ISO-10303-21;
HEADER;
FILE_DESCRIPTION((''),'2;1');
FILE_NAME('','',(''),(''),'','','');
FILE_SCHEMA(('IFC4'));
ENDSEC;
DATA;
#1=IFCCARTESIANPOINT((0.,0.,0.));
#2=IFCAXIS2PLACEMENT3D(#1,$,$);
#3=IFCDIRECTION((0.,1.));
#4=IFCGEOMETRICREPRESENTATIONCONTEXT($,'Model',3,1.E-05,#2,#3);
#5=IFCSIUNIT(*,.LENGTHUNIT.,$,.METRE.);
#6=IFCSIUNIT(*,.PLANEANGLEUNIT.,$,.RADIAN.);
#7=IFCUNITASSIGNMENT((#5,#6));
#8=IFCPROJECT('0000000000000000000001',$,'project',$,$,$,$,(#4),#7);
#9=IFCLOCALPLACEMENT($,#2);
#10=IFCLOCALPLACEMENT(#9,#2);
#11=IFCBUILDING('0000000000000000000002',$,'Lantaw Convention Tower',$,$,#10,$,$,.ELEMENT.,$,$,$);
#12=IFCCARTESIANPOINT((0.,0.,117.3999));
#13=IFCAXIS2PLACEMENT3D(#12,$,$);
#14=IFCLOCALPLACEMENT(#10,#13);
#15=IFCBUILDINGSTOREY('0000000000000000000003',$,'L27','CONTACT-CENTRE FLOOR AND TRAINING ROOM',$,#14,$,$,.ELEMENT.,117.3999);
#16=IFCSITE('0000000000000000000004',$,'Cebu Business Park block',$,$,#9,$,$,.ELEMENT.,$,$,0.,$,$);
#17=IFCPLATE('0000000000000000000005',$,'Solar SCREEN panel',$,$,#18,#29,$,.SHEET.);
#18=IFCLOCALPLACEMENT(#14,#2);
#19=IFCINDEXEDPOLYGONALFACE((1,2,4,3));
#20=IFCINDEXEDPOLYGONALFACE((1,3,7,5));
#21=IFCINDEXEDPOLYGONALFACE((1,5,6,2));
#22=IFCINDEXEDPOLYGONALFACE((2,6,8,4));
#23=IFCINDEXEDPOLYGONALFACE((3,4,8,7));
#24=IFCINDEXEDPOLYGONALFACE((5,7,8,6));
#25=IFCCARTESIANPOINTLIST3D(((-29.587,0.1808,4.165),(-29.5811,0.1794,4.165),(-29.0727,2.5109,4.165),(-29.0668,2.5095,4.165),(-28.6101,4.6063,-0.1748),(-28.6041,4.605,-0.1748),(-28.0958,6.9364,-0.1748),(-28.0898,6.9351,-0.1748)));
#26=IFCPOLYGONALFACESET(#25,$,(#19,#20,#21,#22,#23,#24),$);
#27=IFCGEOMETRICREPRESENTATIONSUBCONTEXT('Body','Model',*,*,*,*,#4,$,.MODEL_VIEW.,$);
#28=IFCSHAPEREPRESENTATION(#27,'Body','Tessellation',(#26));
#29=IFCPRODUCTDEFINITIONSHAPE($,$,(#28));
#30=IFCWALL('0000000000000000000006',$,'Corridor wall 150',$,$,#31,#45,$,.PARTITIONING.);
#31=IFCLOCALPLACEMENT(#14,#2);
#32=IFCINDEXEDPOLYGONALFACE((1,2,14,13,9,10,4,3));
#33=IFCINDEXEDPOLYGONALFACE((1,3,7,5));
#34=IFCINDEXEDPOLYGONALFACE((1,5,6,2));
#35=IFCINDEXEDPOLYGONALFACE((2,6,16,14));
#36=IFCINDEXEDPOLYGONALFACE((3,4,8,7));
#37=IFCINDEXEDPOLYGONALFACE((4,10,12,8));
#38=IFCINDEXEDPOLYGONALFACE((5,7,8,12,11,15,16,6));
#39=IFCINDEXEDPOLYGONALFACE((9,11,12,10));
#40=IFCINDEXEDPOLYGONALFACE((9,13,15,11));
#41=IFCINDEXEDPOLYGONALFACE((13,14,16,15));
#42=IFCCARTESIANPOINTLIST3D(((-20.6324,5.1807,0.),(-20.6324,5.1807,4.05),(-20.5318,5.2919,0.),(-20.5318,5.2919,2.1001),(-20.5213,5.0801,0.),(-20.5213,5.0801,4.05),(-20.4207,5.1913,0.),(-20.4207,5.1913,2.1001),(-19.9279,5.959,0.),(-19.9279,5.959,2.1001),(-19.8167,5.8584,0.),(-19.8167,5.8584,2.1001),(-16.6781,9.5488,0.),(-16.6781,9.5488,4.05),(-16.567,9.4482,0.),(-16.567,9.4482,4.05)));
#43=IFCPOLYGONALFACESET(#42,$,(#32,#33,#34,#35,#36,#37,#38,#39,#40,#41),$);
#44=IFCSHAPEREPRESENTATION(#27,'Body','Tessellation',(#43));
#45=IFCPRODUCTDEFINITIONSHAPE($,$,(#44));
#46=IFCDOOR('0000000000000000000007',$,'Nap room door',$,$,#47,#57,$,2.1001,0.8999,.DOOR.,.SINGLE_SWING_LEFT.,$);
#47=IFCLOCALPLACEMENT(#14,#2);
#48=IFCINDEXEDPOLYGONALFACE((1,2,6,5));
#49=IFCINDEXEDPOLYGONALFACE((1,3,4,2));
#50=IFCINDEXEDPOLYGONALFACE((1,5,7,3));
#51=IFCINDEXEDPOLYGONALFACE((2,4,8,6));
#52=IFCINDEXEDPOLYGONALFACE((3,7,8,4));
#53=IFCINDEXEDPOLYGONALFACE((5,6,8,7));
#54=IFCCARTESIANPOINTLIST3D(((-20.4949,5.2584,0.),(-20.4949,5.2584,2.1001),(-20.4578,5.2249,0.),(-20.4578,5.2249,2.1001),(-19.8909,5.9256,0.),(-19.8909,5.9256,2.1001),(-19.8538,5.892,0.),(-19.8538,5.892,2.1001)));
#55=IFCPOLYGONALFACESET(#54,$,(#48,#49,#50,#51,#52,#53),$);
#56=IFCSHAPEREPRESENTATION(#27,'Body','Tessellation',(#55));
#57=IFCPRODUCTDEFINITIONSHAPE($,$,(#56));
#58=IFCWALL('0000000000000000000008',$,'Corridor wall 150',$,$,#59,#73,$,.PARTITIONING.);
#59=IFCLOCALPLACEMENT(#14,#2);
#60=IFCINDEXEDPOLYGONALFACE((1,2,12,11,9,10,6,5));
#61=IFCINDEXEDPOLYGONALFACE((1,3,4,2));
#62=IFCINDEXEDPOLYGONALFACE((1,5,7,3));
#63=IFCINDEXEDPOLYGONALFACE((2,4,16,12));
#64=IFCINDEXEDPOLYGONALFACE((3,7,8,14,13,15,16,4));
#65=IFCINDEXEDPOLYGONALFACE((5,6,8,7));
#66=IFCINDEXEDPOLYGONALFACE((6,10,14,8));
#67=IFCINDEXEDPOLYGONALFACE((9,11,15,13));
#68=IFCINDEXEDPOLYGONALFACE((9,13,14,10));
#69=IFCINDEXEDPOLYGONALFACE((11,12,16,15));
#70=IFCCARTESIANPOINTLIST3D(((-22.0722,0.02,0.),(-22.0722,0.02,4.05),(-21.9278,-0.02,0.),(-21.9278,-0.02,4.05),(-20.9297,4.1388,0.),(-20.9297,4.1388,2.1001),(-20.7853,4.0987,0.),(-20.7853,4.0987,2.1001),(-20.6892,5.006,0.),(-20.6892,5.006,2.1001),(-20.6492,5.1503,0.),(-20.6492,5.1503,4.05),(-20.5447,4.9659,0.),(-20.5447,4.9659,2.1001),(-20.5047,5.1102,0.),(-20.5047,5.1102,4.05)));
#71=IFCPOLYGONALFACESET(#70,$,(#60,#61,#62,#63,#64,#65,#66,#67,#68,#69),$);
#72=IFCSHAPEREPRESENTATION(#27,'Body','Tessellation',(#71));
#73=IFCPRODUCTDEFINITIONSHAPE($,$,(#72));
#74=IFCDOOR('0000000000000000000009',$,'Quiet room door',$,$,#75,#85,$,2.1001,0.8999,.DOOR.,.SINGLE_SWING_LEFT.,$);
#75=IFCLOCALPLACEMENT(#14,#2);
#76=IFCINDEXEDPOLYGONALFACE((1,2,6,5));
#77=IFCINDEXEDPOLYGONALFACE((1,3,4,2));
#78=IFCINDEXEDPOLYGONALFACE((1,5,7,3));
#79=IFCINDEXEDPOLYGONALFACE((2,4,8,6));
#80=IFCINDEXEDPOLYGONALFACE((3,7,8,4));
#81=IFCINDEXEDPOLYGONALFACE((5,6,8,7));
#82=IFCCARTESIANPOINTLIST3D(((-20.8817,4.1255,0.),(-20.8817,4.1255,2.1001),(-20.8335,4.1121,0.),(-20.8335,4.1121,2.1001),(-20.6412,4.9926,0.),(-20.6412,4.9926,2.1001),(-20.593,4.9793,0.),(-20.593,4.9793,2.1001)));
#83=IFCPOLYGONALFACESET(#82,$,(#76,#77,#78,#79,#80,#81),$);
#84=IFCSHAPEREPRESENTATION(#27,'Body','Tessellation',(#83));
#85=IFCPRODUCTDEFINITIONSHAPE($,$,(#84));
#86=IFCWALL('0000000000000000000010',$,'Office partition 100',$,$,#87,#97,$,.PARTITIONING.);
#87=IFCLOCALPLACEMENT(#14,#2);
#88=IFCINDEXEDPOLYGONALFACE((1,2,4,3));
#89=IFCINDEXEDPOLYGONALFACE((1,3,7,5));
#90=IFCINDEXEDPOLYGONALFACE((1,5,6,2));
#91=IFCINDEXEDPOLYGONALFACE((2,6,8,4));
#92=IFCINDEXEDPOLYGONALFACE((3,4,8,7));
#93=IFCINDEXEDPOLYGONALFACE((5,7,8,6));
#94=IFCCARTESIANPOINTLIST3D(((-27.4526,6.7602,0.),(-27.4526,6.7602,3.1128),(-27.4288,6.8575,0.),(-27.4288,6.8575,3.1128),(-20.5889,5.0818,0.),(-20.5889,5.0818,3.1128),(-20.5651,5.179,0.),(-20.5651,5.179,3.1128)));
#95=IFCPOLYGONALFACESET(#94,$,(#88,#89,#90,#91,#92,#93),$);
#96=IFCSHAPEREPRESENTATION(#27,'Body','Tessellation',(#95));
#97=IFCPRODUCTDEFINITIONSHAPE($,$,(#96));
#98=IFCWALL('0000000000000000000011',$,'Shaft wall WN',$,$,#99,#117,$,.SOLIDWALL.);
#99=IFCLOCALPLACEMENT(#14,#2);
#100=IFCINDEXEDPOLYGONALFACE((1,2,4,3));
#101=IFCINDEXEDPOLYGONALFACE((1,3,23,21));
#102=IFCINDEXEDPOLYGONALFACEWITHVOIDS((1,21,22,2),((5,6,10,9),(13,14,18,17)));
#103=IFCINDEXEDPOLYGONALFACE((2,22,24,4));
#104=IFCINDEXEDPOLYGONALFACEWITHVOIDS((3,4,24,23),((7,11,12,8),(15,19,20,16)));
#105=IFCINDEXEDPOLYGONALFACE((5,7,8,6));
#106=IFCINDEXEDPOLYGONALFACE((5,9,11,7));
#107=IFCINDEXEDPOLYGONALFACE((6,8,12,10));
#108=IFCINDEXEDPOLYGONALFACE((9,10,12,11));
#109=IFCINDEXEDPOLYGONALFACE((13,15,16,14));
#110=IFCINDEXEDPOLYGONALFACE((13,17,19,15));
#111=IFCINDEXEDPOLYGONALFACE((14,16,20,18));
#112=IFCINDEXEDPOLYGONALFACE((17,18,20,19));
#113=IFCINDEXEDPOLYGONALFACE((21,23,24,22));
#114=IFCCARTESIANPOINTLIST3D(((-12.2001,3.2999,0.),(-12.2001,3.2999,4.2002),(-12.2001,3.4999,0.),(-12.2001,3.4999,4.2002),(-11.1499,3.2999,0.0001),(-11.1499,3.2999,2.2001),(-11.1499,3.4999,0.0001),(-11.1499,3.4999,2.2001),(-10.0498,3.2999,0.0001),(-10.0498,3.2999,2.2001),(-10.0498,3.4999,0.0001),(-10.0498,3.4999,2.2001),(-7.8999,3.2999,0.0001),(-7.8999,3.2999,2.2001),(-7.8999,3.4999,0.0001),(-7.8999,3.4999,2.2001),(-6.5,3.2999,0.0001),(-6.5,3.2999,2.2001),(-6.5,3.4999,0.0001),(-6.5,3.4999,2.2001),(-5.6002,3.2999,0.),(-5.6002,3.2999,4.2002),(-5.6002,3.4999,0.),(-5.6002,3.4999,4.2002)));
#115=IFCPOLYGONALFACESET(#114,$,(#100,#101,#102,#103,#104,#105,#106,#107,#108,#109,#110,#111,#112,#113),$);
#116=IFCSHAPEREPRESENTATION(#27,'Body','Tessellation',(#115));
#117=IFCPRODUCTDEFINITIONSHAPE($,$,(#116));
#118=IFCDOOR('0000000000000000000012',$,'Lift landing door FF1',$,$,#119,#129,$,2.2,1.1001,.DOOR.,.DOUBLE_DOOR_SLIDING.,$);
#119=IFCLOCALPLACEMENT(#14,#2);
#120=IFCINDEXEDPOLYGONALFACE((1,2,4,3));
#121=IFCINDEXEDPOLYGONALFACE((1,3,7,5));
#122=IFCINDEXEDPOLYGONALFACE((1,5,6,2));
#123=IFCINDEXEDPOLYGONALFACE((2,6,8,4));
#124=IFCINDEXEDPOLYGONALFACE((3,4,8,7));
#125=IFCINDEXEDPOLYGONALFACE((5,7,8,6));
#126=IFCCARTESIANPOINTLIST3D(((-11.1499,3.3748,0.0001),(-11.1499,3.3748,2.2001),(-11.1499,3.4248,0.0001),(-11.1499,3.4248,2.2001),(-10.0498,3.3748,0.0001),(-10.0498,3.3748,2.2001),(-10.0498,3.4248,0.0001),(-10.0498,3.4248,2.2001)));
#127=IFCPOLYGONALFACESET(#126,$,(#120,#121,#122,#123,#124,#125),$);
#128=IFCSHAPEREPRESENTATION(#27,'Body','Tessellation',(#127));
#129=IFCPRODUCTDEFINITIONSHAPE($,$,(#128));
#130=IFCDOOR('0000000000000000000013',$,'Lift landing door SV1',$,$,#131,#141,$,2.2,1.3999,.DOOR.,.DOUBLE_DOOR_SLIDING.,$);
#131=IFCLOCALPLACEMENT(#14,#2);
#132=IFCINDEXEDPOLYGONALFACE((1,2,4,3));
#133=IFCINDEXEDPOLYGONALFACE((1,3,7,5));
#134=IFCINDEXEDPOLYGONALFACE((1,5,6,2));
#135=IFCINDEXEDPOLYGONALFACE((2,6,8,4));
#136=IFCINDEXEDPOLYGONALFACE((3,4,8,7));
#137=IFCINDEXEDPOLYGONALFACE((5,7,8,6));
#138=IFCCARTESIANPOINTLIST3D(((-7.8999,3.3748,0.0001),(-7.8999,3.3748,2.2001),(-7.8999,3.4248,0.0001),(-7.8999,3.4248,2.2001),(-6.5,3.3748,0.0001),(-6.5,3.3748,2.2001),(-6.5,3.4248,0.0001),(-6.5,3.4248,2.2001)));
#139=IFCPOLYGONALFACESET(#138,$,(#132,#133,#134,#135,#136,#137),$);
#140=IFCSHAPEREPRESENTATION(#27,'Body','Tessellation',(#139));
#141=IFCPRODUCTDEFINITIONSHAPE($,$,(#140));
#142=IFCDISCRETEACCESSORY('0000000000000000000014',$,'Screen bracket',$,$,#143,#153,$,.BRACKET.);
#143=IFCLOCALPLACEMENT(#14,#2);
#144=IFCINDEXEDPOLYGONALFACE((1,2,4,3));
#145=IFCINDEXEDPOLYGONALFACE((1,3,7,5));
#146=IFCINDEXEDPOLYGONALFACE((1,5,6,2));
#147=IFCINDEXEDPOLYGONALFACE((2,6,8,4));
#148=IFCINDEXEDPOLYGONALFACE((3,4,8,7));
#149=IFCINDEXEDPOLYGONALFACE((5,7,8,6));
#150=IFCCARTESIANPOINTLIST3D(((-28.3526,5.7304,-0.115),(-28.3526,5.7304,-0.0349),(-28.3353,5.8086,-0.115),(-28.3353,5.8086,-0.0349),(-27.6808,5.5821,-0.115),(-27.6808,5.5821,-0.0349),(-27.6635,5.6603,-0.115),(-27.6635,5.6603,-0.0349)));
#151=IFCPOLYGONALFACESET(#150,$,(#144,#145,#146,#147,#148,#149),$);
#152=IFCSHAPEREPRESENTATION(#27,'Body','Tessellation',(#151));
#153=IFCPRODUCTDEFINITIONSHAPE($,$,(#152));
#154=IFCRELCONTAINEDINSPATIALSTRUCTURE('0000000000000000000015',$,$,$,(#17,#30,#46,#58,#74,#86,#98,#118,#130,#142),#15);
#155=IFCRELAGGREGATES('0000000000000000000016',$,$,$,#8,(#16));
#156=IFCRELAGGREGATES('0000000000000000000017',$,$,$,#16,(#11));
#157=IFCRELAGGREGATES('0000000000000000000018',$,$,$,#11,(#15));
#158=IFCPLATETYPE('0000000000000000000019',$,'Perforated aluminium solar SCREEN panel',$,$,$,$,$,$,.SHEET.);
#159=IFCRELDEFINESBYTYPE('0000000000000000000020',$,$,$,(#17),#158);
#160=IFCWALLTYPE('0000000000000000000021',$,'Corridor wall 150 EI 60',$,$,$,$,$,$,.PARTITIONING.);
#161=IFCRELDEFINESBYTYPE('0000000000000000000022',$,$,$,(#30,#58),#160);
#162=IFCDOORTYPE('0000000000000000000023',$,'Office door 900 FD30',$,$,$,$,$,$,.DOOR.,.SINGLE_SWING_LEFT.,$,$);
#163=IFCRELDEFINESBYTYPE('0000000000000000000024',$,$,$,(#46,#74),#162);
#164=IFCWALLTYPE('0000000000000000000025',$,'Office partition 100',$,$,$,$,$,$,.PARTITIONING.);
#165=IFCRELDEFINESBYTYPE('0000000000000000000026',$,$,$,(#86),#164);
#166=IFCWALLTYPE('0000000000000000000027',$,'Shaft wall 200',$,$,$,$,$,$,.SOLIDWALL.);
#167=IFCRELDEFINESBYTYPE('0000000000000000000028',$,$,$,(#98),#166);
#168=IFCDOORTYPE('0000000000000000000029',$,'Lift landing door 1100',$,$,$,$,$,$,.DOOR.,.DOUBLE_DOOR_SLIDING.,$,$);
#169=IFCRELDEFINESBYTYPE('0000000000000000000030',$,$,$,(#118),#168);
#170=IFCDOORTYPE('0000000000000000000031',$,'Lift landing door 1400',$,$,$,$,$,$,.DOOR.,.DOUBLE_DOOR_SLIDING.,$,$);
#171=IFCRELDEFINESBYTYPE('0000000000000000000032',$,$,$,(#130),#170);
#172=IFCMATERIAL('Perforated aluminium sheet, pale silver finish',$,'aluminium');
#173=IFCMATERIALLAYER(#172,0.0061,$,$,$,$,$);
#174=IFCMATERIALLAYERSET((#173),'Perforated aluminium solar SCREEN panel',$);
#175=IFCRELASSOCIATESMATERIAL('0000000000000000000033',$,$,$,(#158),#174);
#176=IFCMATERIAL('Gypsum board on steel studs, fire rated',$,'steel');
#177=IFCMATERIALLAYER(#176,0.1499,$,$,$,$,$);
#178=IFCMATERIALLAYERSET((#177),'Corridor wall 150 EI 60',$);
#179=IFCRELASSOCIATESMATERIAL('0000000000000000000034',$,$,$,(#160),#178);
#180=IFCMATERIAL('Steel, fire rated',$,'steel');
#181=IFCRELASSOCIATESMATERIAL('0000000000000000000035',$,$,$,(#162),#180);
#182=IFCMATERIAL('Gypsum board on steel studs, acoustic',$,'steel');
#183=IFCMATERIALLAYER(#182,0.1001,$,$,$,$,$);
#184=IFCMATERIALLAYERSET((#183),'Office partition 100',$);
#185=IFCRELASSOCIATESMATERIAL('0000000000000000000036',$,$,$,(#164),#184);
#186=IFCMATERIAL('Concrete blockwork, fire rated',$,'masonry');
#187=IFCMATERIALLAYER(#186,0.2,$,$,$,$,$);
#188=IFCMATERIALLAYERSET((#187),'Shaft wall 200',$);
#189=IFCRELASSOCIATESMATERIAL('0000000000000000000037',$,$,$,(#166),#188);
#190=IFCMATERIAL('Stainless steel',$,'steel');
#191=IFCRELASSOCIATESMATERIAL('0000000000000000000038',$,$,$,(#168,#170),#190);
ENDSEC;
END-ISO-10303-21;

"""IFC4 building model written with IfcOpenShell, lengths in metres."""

from ifc_helpers import new_model, si_unit, direction, frame, frame_2d, origin, origin_2d, place, context, subcontext, project, spatial, polyline, rectangle, outline, extrude, material, layer, layer_set, type_object, element, fill, save


model = new_model("IFC4")

# Units and contexts
model_context = context("Model", 3, precision=1e-05, world=origin(), true_north=direction((0.0, 1.0)))
body_context = subcontext(model_context, "Body", "Model", "MODEL_VIEW")
ifc_project = project(units=[si_unit("LENGTHUNIT", "METRE"), si_unit("PLANEANGLEUNIT", "RADIAN")], contexts=[model_context])

# Site, building, storey
site_placement = place(None, origin())
site = spatial("IfcSite", under=ifc_project, at=site_placement, Name="Cebu Business Park block", CompositionType="ELEMENT", RefElevation=0.0)
building_placement = place(site_placement, origin())
building = spatial("IfcBuilding", under=site, at=building_placement, Name="Lantaw Convention Tower", CompositionType="ELEMENT")
storey_placement = place(building_placement, frame((0.0, 0.0, 117.3999)))
storey = spatial("IfcBuildingStorey", under=building, at=storey_placement, Name="L27", Description="CONTACT-CENTRE FLOOR AND TRAINING ROOM", CompositionType="ELEMENT", Elevation=117.3999)

# Plate
ifc_material_1 = material(Name="Perforated aluminium sheet, pale silver finish", Category="aluminium")
ifc_layer_1 = layer(ifc_material_1, 0.0061)
ifc_layer_set_1 = layer_set([ifc_layer_1], Name="Perforated aluminium solar SCREEN panel")
plate_type_1 = type_object("IfcPlateType", Name="Perforated aluminium solar SCREEN panel", PredefinedType="SHEET", material=ifc_layer_set_1)
plate_1_placement = place(storey_placement, frame((-28.0898, 6.9351, -0.1748), z_axis=(0.976498, -0.215527, 0.000033), x_axis=(-0.215527, -0.976498, 0.0)))
element("IfcPlate", 1, at=plate_1_placement, inside=storey, type_object=plate_type_1, Name="Solar SCREEN panel", PredefinedType="SHEET", context=body_context, shape_type="SweptSolid", body=[
    extrude(outline(polyline([(0.0, 0.0), (2.3861, 0.0), (6.9182, -4.3398), (4.5321, -4.3398), (0.0, 0.0)])), origin(), (0.0, 0.0, -1.0), 0.0061),
])

# Walls, openings, doors
ifc_material_2 = material(Name="Gypsum board on steel studs, fire rated", Category="steel")
ifc_layer_2 = layer(ifc_material_2, 0.1499)
ifc_layer_set_2 = layer_set([ifc_layer_2], Name="Corridor wall 150 EI 60")
wall_type_1 = type_object("IfcWallType", Name="Corridor wall 150 EI 60", PredefinedType="PARTITIONING", material=ifc_layer_set_2)
wall_1_placement = place(storey_placement, frame((-16.6226, 9.4985, 0.0), z_axis=(0.0, 0.0, 1.0), x_axis=(-0.671118, -0.74135, 0.0)))
wall_1 = element("IfcWall", 2, at=wall_1_placement, inside=storey, type_object=wall_type_1, Name="Corridor wall 150", PredefinedType="PARTITIONING", context=body_context, shape_type="SweptSolid", body=[
    extrude(rectangle(XDim=5.8921, YDim=0.1499, at=frame_2d((2.946, 0.0))), origin(), (0.0, 0.0, 1.0), 4.05),
])
opening_1_placement = place(wall_1_placement, frame((4.8423, 0.0, 0.0)))
opening_1 = element("IfcOpeningElement", 3, at=opening_1_placement, cuts=wall_1, PredefinedType="OPENING", context=body_context, shape_type="SweptSolid", body=[
    extrude(rectangle(XDim=0.8999, YDim=2.1001, at=frame_2d((0.45, 1.05))), frame((0.0, 0.085, 0.0), z_axis=(0.0, -1.0, 0.0), x_axis=(1.0, 0.0, 0.0)), (0.0, 0.0, 1.0), 0.1699),
])
ifc_material_3 = material(Name="Steel, fire rated", Category="steel")
door_type_1 = type_object("IfcDoorType", Name="Office door 900 FD30", OperationType="SINGLE_SWING_LEFT", PredefinedType="DOOR", material=ifc_material_3)
door_1_placement = place(opening_1_placement, origin())
door_1 = element("IfcDoor", 4, at=door_1_placement, inside=storey, type_object=door_type_1, Name="Nap room door", OperationType="SINGLE_SWING_LEFT", OverallHeight=2.1001, OverallWidth=0.8999, PredefinedType="DOOR", context=body_context, shape_type="SweptSolid", body=[
    extrude(rectangle(XDim=0.8999, YDim=2.1001, at=frame_2d((0.45, 1.05))), frame((0.0, 0.0249, 0.0), z_axis=(0.0, -1.0, 0.0), x_axis=(1.0, 0.0, 0.0)), (0.0, 0.0, 1.0), 0.05),
])
fill(opening_1, door_1)
wall_2_placement = place(storey_placement, frame((-20.5769, 5.1304, 0.0), z_axis=(0.0, 0.0, 1.0), x_axis=(-0.267294, -0.963615, 0.0)))
wall_2 = element("IfcWall", 5, at=wall_2_placement, inside=storey, type_object=wall_type_1, Name="Corridor wall 150", PredefinedType="PARTITIONING", context=body_context, shape_type="SweptSolid", body=[
    extrude(rectangle(XDim=5.324, YDim=0.1499, at=frame_2d((2.6621, 0.0))), origin(), (0.0, 0.0, 1.0), 4.05),
])
opening_2_placement = place(wall_2_placement, frame((0.1499, 0.0, 0.0)))
opening_2 = element("IfcOpeningElement", 6, at=opening_2_placement, cuts=wall_2, PredefinedType="OPENING", context=body_context, shape_type="SweptSolid", body=[
    extrude(rectangle(XDim=0.8999, YDim=2.1001, at=frame_2d((0.45, 1.05))), frame((0.0, 0.085, 0.0), z_axis=(0.0, -1.0, 0.0), x_axis=(1.0, 0.0, 0.0)), (0.0, 0.0, 1.0), 0.1699),
])
door_2_placement = place(opening_2_placement, origin())
door_2 = element("IfcDoor", 7, at=door_2_placement, inside=storey, type_object=door_type_1, Name="Quiet room door", OperationType="SINGLE_SWING_LEFT", OverallHeight=2.1001, OverallWidth=0.8999, PredefinedType="DOOR", context=body_context, shape_type="SweptSolid", body=[
    extrude(rectangle(XDim=0.8999, YDim=2.1001, at=frame_2d((0.45, 1.05))), frame((0.0, 0.0249, 0.0), z_axis=(0.0, -1.0, 0.0), x_axis=(1.0, 0.0, 0.0)), (0.0, 0.0, 1.0), 0.05),
])
fill(opening_2, door_2)

# Wall
ifc_material_4 = material(Name="Gypsum board on steel studs, acoustic", Category="steel")
ifc_layer_3 = layer(ifc_material_4, 0.1001)
ifc_layer_set_3 = layer_set([ifc_layer_3], Name="Office partition 100")
wall_type_2 = type_object("IfcWallType", Name="Office partition 100", PredefinedType="PARTITIONING", material=ifc_layer_set_3)
wall_3_placement = place(storey_placement, frame((-27.4407, 6.8088, 0.0), z_axis=(0.0, 0.0, 1.0), x_axis=(0.971378, -0.237541, 0.0)))
element("IfcWall", 8, at=wall_3_placement, inside=storey, type_object=wall_type_2, Name="Office partition 100", PredefinedType="PARTITIONING", context=body_context, shape_type="SweptSolid", body=[
    extrude(rectangle(XDim=7.0659, YDim=0.1001, at=frame_2d((3.533, 0.0))), origin(), (0.0, 0.0, 1.0), 3.1128),
])

# Wall, openings, doors
ifc_material_5 = material(Name="Concrete blockwork, fire rated", Category="masonry")
ifc_layer_4 = layer(ifc_material_5, 0.2)
ifc_layer_set_4 = layer_set([ifc_layer_4], Name="Shaft wall 200")
wall_type_3 = type_object("IfcWallType", Name="Shaft wall 200", PredefinedType="SOLIDWALL", material=ifc_layer_set_4)
wall_4_placement = place(storey_placement, frame((-12.2, 3.3999, 0.0), z_axis=(0.0, 0.0, 1.0), x_axis=(1.0, 0.0, 0.0)))
wall_4 = element("IfcWall", 9, at=wall_4_placement, inside=storey, type_object=wall_type_3, Name="Shaft wall WN", PredefinedType="SOLIDWALL", context=body_context, shape_type="SweptSolid", body=[
    extrude(rectangle(XDim=6.5999, YDim=0.2, at=frame_2d((3.2998, 0.0))), origin(), (0.0, 0.0, 1.0), 4.2002),
])
opening_3_placement = place(wall_4_placement, frame((1.05, 0.0, 0.0)))
opening_3 = element("IfcOpeningElement", 10, at=opening_3_placement, cuts=wall_4, PredefinedType="OPENING", context=body_context, shape_type="SweptSolid", body=[
    extrude(rectangle(XDim=1.1001, YDim=2.2, at=frame_2d((0.55, 1.1001))), frame((0.0, 0.1099, 0.0), z_axis=(0.0, -1.0, 0.0), x_axis=(1.0, 0.0, 0.0)), (0.0, 0.0, 1.0), 0.22),
])
opening_4_placement = place(wall_4_placement, frame((4.3, 0.0, 0.0)))
opening_4 = element("IfcOpeningElement", 11, at=opening_4_placement, cuts=wall_4, PredefinedType="OPENING", context=body_context, shape_type="SweptSolid", body=[
    extrude(rectangle(XDim=1.3999, YDim=2.2, at=frame_2d((0.7, 1.1001))), frame((0.0, 0.1099, 0.0), z_axis=(0.0, -1.0, 0.0), x_axis=(1.0, 0.0, 0.0)), (0.0, 0.0, 1.0), 0.22),
])
ifc_material_6 = material(Name="Stainless steel", Category="steel")
door_type_2 = type_object("IfcDoorType", Name="Lift landing door 1100", OperationType="DOUBLE_DOOR_SLIDING", PredefinedType="DOOR", material=ifc_material_6)
door_3_placement = place(opening_3_placement, origin())
door_3 = element("IfcDoor", 12, at=door_3_placement, inside=storey, type_object=door_type_2, Name="Lift landing door FF1", OperationType="DOUBLE_DOOR_SLIDING", OverallHeight=2.2, OverallWidth=1.1001, PredefinedType="DOOR", context=body_context, shape_type="SweptSolid", body=[
    extrude(rectangle(XDim=1.1001, YDim=2.2, at=frame_2d((0.55, 1.1001))), frame((0.0, 0.0249, 0.0), z_axis=(0.0, -1.0, 0.0), x_axis=(1.0, 0.0, 0.0)), (0.0, 0.0, 1.0), 0.05),
])
fill(opening_3, door_3)
door_type_3 = type_object("IfcDoorType", Name="Lift landing door 1400", OperationType="DOUBLE_DOOR_SLIDING", PredefinedType="DOOR", material=ifc_material_6)
door_4_placement = place(opening_4_placement, origin())
door_4 = element("IfcDoor", 13, at=door_4_placement, inside=storey, type_object=door_type_3, Name="Lift landing door SV1", OperationType="DOUBLE_DOOR_SLIDING", OverallHeight=2.2, OverallWidth=1.3999, PredefinedType="DOOR", context=body_context, shape_type="SweptSolid", body=[
    extrude(rectangle(XDim=1.3999, YDim=2.2, at=frame_2d((0.7, 1.1001))), frame((0.0, 0.0249, 0.0), z_axis=(0.0, -1.0, 0.0), x_axis=(1.0, 0.0, 0.0)), (0.0, 0.0, 1.0), 0.05),
])
fill(opening_4, door_4)

# Discrete accessory
discrete_accessory_placement = place(storey_placement, frame((-28.0081, 5.6953, -0.115), z_axis=(0.0, 0.0, 1.0), x_axis=(-0.215546, -0.976494, 0.0)))
element("IfcDiscreteAccessory", 14, at=discrete_accessory_placement, inside=storey, Name="Screen bracket", PredefinedType="BRACKET", context=body_context, shape_type="SweptSolid", body=[
    extrude(rectangle(XDim=0.0801, YDim=0.688, at=origin_2d()), origin(), (0.0, 0.0, 1.0), 0.0801),
])

save(model, "model.ifc")
